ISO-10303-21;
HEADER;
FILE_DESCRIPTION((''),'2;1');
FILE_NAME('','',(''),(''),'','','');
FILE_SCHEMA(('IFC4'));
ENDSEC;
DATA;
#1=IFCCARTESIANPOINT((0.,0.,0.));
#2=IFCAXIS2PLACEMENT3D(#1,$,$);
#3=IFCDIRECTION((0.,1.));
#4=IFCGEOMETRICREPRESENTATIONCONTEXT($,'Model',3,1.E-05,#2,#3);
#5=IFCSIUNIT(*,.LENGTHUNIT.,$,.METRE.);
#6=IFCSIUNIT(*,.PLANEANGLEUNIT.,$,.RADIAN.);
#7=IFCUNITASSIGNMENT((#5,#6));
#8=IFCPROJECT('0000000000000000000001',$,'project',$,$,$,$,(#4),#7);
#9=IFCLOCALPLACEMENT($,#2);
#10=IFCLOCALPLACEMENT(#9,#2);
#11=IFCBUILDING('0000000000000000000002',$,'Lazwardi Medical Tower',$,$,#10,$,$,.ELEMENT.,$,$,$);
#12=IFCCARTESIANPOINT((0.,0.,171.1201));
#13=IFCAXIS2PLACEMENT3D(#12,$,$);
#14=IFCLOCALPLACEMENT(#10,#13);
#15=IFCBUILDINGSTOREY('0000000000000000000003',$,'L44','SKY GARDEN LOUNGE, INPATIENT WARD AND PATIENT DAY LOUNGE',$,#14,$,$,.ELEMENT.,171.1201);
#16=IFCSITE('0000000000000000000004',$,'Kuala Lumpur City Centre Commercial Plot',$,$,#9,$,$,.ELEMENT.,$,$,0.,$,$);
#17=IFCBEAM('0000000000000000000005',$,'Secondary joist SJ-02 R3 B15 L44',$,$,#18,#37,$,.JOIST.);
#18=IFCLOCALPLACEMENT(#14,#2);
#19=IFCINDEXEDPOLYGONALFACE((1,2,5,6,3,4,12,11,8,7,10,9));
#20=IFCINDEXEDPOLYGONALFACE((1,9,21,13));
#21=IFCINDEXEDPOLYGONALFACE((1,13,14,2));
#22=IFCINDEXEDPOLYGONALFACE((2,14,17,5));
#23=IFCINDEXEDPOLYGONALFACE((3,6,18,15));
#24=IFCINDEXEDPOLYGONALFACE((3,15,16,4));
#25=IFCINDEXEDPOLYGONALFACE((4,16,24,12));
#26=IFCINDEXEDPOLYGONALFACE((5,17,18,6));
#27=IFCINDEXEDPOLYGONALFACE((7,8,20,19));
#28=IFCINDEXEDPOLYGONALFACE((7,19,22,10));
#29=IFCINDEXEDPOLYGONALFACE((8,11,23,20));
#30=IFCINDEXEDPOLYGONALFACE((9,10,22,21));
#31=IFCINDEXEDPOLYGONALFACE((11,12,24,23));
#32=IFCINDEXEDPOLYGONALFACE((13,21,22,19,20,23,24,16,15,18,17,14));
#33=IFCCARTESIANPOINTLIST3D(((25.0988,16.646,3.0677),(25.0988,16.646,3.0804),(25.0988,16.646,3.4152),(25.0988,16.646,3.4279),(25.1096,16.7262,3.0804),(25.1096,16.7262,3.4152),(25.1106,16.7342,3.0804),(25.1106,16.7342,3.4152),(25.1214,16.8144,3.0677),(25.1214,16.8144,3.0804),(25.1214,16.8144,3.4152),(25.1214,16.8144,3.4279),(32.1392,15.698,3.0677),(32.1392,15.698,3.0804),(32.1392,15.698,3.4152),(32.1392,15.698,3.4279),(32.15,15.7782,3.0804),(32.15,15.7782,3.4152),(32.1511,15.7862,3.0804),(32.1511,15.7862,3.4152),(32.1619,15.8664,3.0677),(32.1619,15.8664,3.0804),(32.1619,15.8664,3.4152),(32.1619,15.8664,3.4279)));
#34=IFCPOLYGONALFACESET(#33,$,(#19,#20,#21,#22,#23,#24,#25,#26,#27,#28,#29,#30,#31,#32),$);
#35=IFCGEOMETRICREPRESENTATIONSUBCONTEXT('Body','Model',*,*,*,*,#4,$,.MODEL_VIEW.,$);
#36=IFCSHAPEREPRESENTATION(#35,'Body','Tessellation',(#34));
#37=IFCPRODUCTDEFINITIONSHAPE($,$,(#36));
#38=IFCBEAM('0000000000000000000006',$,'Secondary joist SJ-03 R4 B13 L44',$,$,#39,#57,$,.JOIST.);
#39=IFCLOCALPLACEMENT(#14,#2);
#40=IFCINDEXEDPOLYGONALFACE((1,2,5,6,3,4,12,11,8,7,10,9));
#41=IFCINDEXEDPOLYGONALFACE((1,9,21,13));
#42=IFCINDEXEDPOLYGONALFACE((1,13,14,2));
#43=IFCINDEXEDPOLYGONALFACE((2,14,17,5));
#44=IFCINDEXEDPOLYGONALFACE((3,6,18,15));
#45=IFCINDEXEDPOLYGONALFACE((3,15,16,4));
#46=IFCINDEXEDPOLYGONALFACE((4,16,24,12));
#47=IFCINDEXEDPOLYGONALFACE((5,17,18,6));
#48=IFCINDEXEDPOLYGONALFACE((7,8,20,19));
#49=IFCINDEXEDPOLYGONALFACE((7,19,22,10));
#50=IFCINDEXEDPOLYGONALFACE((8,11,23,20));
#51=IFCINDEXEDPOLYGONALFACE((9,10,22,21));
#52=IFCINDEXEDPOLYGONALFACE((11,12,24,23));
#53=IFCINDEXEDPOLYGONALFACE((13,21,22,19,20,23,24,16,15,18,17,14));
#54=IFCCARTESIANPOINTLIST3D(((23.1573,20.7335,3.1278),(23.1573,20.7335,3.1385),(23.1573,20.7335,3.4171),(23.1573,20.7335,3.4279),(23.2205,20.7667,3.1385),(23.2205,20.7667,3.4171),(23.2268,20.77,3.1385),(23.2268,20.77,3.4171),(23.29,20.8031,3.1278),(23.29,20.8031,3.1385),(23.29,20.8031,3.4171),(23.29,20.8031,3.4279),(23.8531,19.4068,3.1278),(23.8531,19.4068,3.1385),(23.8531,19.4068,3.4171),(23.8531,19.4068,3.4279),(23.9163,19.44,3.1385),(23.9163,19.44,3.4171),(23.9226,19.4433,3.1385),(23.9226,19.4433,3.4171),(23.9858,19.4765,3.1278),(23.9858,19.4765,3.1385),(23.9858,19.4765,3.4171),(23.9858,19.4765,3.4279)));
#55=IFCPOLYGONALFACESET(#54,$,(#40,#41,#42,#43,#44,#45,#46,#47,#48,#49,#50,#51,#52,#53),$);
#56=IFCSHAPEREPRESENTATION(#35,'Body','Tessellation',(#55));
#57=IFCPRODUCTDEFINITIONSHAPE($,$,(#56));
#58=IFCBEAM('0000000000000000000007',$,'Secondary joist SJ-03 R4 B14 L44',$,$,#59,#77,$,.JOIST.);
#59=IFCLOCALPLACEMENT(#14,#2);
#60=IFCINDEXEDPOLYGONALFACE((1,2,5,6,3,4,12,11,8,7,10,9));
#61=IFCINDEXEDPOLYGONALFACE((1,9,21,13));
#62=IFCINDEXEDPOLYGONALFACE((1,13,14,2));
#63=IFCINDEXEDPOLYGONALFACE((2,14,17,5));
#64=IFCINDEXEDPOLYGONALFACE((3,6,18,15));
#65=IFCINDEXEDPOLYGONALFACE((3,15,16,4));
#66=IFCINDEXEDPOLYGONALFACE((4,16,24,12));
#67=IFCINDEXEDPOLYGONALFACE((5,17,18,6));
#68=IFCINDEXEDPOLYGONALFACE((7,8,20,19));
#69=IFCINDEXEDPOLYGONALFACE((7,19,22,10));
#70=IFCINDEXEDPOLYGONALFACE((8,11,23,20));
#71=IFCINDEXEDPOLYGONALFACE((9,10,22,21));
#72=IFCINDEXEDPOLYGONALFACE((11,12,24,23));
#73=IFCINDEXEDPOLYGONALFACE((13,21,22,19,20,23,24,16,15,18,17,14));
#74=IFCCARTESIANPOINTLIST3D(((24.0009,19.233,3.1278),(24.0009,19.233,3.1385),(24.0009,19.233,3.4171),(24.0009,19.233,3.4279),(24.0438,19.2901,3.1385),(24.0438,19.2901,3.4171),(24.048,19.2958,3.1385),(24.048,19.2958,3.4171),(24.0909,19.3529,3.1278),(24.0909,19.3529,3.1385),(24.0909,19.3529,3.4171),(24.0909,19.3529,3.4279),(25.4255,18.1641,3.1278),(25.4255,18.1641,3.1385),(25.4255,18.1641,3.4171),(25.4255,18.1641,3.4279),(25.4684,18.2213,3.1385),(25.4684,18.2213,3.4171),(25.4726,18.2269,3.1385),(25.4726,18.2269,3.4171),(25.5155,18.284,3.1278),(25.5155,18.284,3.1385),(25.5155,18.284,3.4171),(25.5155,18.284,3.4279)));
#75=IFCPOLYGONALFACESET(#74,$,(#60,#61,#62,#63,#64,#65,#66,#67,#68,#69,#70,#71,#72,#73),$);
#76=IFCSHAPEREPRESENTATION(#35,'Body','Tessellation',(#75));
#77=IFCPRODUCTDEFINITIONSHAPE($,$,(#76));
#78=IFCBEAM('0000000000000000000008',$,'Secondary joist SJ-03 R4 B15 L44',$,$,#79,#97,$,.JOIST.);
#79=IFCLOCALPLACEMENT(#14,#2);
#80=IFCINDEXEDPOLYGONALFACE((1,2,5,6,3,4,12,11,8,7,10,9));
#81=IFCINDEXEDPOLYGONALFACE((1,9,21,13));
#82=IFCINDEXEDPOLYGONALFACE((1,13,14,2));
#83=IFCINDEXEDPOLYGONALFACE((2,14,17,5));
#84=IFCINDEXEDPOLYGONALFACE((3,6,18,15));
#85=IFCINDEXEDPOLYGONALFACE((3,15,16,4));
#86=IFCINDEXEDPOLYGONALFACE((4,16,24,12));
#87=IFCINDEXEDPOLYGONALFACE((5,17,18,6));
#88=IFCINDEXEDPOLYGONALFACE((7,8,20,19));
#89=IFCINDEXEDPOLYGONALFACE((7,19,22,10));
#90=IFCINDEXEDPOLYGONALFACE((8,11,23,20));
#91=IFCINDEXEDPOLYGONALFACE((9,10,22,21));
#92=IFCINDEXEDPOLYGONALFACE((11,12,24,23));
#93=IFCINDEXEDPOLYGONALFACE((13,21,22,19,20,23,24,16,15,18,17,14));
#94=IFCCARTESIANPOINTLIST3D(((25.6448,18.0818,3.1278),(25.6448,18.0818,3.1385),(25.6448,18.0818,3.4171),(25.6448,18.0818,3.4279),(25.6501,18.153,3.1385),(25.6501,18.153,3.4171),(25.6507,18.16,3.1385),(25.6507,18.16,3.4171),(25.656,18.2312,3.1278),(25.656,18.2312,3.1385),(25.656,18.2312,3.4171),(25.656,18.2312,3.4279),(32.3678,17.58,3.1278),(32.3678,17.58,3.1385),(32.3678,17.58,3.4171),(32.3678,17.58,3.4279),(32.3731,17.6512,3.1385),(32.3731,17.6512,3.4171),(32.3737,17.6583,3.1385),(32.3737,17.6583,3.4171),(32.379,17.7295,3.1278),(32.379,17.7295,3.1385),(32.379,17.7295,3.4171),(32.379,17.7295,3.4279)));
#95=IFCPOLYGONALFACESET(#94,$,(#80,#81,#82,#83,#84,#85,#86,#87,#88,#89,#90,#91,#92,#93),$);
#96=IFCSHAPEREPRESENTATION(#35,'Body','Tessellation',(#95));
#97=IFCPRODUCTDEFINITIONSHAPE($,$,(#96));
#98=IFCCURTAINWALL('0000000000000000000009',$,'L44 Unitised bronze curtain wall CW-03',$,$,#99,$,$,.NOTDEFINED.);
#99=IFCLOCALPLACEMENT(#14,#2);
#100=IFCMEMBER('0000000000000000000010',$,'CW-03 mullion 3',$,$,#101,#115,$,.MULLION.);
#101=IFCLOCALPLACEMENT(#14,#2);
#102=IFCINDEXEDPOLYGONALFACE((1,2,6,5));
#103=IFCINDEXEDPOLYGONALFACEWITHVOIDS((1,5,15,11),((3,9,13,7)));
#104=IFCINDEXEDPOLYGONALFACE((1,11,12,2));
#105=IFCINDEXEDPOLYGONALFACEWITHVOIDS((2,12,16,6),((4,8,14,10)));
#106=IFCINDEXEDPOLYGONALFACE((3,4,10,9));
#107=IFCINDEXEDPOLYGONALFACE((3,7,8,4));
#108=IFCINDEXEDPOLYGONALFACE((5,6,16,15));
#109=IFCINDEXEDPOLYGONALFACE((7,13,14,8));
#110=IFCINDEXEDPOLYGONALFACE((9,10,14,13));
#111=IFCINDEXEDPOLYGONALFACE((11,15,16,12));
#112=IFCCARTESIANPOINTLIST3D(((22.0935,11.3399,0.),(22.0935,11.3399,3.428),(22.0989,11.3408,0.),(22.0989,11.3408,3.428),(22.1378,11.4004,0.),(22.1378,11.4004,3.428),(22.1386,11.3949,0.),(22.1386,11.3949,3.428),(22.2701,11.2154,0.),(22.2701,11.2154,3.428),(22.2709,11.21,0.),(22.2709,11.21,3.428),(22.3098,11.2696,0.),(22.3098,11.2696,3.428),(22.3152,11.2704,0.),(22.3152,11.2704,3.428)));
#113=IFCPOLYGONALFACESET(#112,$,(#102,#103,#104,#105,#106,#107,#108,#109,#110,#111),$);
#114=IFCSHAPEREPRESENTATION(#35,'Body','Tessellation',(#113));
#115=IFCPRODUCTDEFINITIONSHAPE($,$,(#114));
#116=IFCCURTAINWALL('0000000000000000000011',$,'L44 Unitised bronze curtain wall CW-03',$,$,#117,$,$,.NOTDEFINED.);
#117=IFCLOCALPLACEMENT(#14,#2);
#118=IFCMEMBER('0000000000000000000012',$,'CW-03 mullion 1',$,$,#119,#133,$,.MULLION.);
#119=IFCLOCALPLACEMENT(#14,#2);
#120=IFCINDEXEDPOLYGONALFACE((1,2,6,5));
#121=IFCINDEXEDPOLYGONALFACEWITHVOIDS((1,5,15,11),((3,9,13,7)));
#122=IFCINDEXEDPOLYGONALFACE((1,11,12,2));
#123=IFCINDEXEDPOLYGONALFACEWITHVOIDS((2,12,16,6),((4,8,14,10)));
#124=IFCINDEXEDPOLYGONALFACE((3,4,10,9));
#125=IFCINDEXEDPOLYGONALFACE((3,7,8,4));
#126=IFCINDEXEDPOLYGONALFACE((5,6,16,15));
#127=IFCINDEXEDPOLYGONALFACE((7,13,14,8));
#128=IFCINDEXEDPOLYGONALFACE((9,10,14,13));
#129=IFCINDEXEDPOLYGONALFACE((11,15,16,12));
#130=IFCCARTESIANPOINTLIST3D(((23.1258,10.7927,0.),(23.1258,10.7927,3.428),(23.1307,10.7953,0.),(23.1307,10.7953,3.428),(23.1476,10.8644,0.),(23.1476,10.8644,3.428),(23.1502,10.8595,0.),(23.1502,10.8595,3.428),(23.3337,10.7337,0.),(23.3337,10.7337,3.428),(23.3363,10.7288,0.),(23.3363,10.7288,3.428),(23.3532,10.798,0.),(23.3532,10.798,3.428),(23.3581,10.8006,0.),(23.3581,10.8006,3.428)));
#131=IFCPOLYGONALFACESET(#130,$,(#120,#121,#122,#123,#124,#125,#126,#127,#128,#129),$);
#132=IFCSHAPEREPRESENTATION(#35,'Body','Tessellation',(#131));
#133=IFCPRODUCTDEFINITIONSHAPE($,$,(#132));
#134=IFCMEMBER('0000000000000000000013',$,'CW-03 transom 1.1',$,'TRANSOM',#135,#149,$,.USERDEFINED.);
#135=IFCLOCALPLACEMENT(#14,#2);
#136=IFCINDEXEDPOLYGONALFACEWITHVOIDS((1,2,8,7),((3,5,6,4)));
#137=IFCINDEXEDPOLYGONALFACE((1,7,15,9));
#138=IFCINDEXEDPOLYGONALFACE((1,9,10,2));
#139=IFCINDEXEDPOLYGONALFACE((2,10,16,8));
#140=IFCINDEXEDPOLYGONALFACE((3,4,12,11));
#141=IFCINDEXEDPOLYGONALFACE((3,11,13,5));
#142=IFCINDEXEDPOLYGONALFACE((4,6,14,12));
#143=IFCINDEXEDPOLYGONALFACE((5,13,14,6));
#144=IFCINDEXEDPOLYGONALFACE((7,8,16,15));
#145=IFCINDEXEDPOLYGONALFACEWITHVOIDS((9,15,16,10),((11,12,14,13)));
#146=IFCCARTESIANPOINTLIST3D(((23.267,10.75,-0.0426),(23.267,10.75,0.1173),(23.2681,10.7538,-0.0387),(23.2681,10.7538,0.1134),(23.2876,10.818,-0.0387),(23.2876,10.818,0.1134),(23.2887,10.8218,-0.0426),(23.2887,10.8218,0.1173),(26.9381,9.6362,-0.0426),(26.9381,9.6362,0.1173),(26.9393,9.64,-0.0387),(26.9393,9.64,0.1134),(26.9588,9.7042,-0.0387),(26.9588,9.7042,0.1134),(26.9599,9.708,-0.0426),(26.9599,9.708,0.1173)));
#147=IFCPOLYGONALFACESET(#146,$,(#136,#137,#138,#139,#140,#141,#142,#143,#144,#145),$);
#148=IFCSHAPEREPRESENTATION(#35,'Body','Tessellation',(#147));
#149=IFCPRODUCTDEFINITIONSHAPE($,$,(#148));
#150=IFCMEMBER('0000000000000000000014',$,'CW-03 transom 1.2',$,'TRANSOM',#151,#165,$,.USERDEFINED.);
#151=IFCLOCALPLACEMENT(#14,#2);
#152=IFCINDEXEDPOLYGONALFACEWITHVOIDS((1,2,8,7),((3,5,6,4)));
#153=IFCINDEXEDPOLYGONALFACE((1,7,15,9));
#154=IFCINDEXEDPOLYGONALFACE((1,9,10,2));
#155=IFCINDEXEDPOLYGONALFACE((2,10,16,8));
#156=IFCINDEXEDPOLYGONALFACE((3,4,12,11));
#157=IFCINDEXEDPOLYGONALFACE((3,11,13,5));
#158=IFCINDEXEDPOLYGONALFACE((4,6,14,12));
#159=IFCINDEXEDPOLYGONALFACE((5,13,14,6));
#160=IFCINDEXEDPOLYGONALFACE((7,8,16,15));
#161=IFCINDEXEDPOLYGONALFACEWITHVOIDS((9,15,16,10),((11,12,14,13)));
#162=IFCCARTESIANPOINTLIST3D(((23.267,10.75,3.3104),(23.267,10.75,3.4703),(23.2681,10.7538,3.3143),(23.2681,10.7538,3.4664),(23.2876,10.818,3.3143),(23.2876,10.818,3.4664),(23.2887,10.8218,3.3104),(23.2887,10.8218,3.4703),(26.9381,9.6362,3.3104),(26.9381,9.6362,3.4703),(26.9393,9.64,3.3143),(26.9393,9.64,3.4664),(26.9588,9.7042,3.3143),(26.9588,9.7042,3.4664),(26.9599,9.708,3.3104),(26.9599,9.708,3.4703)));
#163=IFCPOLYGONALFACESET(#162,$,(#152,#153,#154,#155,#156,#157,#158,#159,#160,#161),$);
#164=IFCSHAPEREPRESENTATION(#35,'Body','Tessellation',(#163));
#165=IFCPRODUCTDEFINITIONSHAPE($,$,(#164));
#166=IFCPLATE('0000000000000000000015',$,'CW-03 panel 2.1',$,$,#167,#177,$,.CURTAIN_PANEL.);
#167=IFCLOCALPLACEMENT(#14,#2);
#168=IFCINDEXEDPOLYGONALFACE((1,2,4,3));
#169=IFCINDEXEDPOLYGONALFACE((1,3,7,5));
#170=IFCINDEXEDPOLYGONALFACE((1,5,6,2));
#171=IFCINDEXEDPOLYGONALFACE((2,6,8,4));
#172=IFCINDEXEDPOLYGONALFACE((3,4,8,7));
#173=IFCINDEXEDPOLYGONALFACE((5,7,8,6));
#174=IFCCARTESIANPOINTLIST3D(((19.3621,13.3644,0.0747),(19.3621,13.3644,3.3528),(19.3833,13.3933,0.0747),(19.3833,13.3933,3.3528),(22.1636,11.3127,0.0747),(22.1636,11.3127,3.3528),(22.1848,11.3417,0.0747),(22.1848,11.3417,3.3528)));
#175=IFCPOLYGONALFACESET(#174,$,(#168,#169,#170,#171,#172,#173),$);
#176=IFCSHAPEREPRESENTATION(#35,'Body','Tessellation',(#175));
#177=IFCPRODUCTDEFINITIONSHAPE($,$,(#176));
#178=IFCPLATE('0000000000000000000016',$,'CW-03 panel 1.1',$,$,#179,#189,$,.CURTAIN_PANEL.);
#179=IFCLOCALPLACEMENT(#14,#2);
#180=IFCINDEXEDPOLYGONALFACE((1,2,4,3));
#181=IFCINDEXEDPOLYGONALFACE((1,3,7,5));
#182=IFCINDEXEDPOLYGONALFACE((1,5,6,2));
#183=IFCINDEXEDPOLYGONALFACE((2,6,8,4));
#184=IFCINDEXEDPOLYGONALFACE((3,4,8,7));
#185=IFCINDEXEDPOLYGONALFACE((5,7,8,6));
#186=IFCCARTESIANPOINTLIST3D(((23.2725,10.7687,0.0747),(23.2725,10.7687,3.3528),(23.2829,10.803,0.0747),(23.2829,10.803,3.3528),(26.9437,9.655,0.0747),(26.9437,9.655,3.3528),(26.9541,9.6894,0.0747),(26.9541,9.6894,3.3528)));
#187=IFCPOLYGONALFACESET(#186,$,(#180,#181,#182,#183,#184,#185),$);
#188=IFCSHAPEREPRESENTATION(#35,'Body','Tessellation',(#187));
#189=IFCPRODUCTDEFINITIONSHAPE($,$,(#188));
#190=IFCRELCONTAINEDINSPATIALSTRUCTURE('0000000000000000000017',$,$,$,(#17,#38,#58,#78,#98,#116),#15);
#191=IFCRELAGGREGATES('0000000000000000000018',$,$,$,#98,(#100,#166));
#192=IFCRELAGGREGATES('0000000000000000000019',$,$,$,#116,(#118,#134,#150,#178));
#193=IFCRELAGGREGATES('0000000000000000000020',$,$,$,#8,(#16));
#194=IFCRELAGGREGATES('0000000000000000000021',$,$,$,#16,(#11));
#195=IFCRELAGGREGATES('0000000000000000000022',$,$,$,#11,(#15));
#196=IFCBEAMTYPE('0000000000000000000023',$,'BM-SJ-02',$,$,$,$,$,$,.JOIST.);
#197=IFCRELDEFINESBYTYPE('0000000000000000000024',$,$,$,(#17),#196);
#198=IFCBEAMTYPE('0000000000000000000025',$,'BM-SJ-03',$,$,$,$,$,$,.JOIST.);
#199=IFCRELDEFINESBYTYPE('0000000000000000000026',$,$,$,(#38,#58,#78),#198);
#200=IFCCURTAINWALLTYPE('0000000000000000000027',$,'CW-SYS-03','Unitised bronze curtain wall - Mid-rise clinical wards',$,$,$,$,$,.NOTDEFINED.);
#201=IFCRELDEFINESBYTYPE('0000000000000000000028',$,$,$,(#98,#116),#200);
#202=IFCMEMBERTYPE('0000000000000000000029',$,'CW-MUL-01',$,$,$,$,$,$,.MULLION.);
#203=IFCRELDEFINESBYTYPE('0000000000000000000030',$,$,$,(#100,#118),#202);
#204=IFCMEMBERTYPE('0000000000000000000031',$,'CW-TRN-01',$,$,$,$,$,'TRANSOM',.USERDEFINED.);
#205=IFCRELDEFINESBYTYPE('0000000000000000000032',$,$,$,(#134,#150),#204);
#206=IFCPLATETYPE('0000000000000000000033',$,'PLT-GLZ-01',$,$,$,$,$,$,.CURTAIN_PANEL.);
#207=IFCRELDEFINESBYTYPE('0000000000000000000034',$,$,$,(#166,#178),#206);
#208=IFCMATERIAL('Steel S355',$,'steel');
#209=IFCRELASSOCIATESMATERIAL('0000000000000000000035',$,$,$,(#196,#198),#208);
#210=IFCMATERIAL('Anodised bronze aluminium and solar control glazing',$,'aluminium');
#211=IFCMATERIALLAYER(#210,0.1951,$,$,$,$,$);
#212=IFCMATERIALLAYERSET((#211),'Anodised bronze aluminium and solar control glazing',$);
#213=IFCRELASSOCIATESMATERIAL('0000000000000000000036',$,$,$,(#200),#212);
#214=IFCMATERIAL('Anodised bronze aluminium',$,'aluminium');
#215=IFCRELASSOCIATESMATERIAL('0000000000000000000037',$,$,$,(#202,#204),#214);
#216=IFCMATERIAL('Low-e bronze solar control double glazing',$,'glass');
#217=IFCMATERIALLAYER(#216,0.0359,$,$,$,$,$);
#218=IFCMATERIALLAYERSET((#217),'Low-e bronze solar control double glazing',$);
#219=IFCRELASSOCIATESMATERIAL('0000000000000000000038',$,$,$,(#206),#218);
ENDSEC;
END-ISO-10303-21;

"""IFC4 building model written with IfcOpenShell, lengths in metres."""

from ifc_helpers import new_model, si_unit, direction, frame, origin, origin_2d, place, context, subcontext, project, spatial, rectangle, hollow_rectangle, i_section, extrude, material, layer, layer_set, material_profile, profile_set, type_object, element, aggregate, save


model = new_model("IFC4")

# Units and contexts
model_context = context("Model", 3, precision=1e-05, world=origin(), true_north=direction((0.0, 1.0)))
body_context = subcontext(model_context, "Body", "Model", "MODEL_VIEW")
ifc_project = project(units=[si_unit("LENGTHUNIT", "METRE"), si_unit("PLANEANGLEUNIT", "RADIAN")], contexts=[model_context])

# Site, building, storey
site_placement = place(None, origin())
site = spatial("IfcSite", under=ifc_project, at=site_placement, Name="Kuala Lumpur City Centre Commercial Plot", CompositionType="ELEMENT", RefElevation=0.0)
building_placement = place(site_placement, origin())
building = spatial("IfcBuilding", under=site, at=building_placement, Name="Lazwardi Medical Tower", CompositionType="ELEMENT")
storey_placement = place(building_placement, frame((0.0, 0.0, 171.1201)))
storey = spatial("IfcBuildingStorey", under=building, at=storey_placement, Name="L44", Description="SKY GARDEN LOUNGE, INPATIENT WARD AND PATIENT DAY LOUNGE", CompositionType="ELEMENT", Elevation=171.1201)

# Beams
ifc_material_1 = material(Name="Steel S355", Category="steel")
ifc_material_profile_1 = material_profile(ifc_material_1, i_section(OverallWidth=0.1699, OverallDepth=0.3601, WebThickness=0.0081, FlangeThickness=0.0127, at=origin_2d()), Name="IPE 360")
ifc_profile_set_1 = profile_set([ifc_material_profile_1], Name="Steel S355")
beam_type_1 = type_object("IfcBeamType", Name="BM-SJ-02", PredefinedType="JOIST", material=ifc_profile_set_1)
beam_1_placement = place(storey_placement, frame((25.1101, 16.7302, 3.2478), z_axis=(0.991056, -0.133444, 0.0), x_axis=(0.133444, 0.991056, 0.0)))
element("IfcBeam", 1, at=beam_1_placement, inside=storey, type_object=beam_type_1, Name="Secondary joist SJ-02 R3 B15 L44", PredefinedType="JOIST", context=body_context, shape_type="SweptSolid", body=[
    extrude(i_section(OverallWidth=0.1699, OverallDepth=0.3601, WebThickness=0.0081, FlangeThickness=0.0127, at=origin_2d()), origin(), (0.0, 0.0, 1.0), 7.104),
])
ifc_material_profile_2 = material_profile(ifc_material_1, i_section(OverallWidth=0.1499, OverallDepth=0.3, WebThickness=0.0071, FlangeThickness=0.0107, at=origin_2d()), Name="IPE 300")
ifc_profile_set_2 = profile_set([ifc_material_profile_2], Name="Steel S355")
beam_type_2 = type_object("IfcBeamType", Name="BM-SJ-03", PredefinedType="JOIST", material=ifc_profile_set_2)
beam_2_placement = place(storey_placement, frame((23.2236, 20.7683, 3.2778), z_axis=(0.46447, -0.885589, 0.0), x_axis=(0.885589, 0.46447, 0.0)))
element("IfcBeam", 2, at=beam_2_placement, inside=storey, type_object=beam_type_2, Name="Secondary joist SJ-03 R4 B13 L44", PredefinedType="JOIST", context=body_context, shape_type="SweptSolid", body=[
    extrude(i_section(OverallWidth=0.1499, OverallDepth=0.3, WebThickness=0.0071, FlangeThickness=0.0107, at=origin_2d()), origin(), (0.0, 0.0, 1.0), 1.498),
])
beam_3_placement = place(storey_placement, frame((24.0459, 19.293, 3.2778), z_axis=(0.799885, -0.600154, 0.0), x_axis=(0.600154, 0.799885, 0.0)))
element("IfcBeam", 3, at=beam_3_placement, inside=storey, type_object=beam_type_2, Name="Secondary joist SJ-03 R4 B14 L44", PredefinedType="JOIST", context=body_context, shape_type="SweptSolid", body=[
    extrude(i_section(OverallWidth=0.1499, OverallDepth=0.3, WebThickness=0.0071, FlangeThickness=0.0107, at=origin_2d()), origin(), (0.0, 0.0, 1.0), 1.781),
])
beam_4_placement = place(storey_placement, frame((25.6504, 18.1565, 3.2778), z_axis=(0.997227, -0.07442, 0.0), x_axis=(0.07442, 0.997227, 0.0)))
element("IfcBeam", 4, at=beam_4_placement, inside=storey, type_object=beam_type_2, Name="Secondary joist SJ-03 R4 B15 L44", PredefinedType="JOIST", context=body_context, shape_type="SweptSolid", body=[
    extrude(i_section(OverallWidth=0.1499, OverallDepth=0.3, WebThickness=0.0071, FlangeThickness=0.0107, at=origin_2d()), origin(), (0.0, 0.0, 1.0), 6.7417),
])

# Curtain wall, member
ifc_material_2 = material(Name="Anodised bronze aluminium and solar control glazing", Category="aluminium")
ifc_layer_1 = layer(ifc_material_2, 0.1951)
ifc_layer_set_1 = layer_set([ifc_layer_1], Name="Anodised bronze aluminium and solar control glazing")
curtain_wall_type = type_object("IfcCurtainWallType", Name="CW-SYS-03", Description="Unitised bronze curtain wall - Mid-rise clinical wards", PredefinedType="NOTDEFINED", material=ifc_layer_set_1)
curtain_wall_1_placement = place(storey_placement, origin())
curtain_wall_1 = element("IfcCurtainWall", 5, at=curtain_wall_1_placement, inside=storey, type_object=curtain_wall_type, Name="L44 Unitised bronze curtain wall CW-03", PredefinedType="NOTDEFINED")
ifc_material_3 = material(Name="Anodised bronze aluminium", Category="aluminium")
ifc_material_profile_3 = material_profile(ifc_material_3, hollow_rectangle(XDim=0.075, YDim=0.22, WallThickness=0.0039, at=origin_2d()), Name="ALU-MULLION 220x75x4")
ifc_profile_set_3 = profile_set([ifc_material_profile_3], Name="Anodised bronze aluminium")
member_type_1 = type_object("IfcMemberType", Name="CW-MUL-01", PredefinedType="MULLION", material=ifc_profile_set_3)
member_1_placement = place(storey_placement, frame((22.2043, 11.3052, 0.0), z_axis=(0.0, 0.0, 1.0), x_axis=(0.590834, 0.806793, 0.0)))
member_1 = element("IfcMember", 6, at=member_1_placement, type_object=member_type_1, Name="CW-03 mullion 3", PredefinedType="MULLION", context=body_context, shape_type="SweptSolid", body=[
    extrude(hollow_rectangle(XDim=0.075, YDim=0.22, WallThickness=0.0039, at=origin_2d()), origin(), (0.0, 0.0, 1.0), 3.428),
])

# Curtain wall, members
curtain_wall_2_placement = place(storey_placement, origin())
curtain_wall_2 = element("IfcCurtainWall", 7, at=curtain_wall_2_placement, inside=storey, type_object=curtain_wall_type, Name="L44 Unitised bronze curtain wall CW-03", PredefinedType="NOTDEFINED")
member_2_placement = place(storey_placement, frame((23.2419, 10.7966, 0.0), z_axis=(0.0, 0.0, 1.0), x_axis=(0.290281, 0.956942, 0.0)))
member_2 = element("IfcMember", 8, at=member_2_placement, type_object=member_type_1, Name="CW-03 mullion 1", PredefinedType="MULLION", context=body_context, shape_type="SweptSolid", body=[
    extrude(hollow_rectangle(XDim=0.075, YDim=0.22, WallThickness=0.0039, at=origin_2d()), origin(), (0.0, 0.0, 1.0), 3.428),
])
ifc_material_profile_4 = material_profile(ifc_material_3, hollow_rectangle(XDim=0.075, YDim=0.1599, WallThickness=0.0039, at=origin_2d()), Name="ALU-TRANSOM 160x75x4")
ifc_profile_set_4 = profile_set([ifc_material_profile_4], Name="Anodised bronze aluminium")
member_type_2 = type_object("IfcMemberType", Name="CW-TRN-01", ElementType="TRANSOM", PredefinedType="USERDEFINED", material=ifc_profile_set_4)
member_3_placement = place(storey_placement, frame((23.2778, 10.7859, 0.0374), z_axis=(0.95693, -0.290318, 0.0), x_axis=(0.290318, 0.95693, 0.0)))
member_3 = element("IfcMember", 9, at=member_3_placement, type_object=member_type_2, Name="CW-03 transom 1.1", ObjectType="TRANSOM", PredefinedType="USERDEFINED", context=body_context, shape_type="SweptSolid", body=[
    extrude(hollow_rectangle(XDim=0.075, YDim=0.1599, WallThickness=0.0039, at=origin_2d()), origin(), (0.0, 0.0, 1.0), 3.8364),
])
member_4_placement = place(storey_placement, frame((23.2778, 10.7859, 3.3904), z_axis=(0.95693, -0.290318, 0.0), x_axis=(0.290318, 0.95693, 0.0)))
member_4 = element("IfcMember", 10, at=member_4_placement, type_object=member_type_2, Name="CW-03 transom 1.2", ObjectType="TRANSOM", PredefinedType="USERDEFINED", context=body_context, shape_type="SweptSolid", body=[
    extrude(hollow_rectangle(XDim=0.075, YDim=0.1599, WallThickness=0.0039, at=origin_2d()), origin(), (0.0, 0.0, 1.0), 3.8364),
])

# Plates
ifc_material_4 = material(Name="Low-e bronze solar control double glazing", Category="glass")
ifc_layer_2 = layer(ifc_material_4, 0.0359)
ifc_layer_set_2 = layer_set([ifc_layer_2], Name="Low-e bronze solar control double glazing")
plate_type = type_object("IfcPlateType", Name="PLT-GLZ-01", PredefinedType="CURTAIN_PANEL", material=ifc_layer_set_2)
plate_1_placement = place(storey_placement, frame((20.7734, 12.353, 0.0747), z_axis=(0.0, 0.0, 1.0), x_axis=(0.806793, -0.590834, 0.0)))
plate_1 = element("IfcPlate", 11, at=plate_1_placement, type_object=plate_type, Name="CW-03 panel 2.1", PredefinedType="CURTAIN_PANEL", context=body_context, shape_type="SweptSolid", body=[
    extrude(rectangle(XDim=3.4724, YDim=0.0359, at=origin_2d()), origin(), (0.0, 0.0, 1.0), 3.2781),
])
aggregate(curtain_wall_1, [member_1, plate_1])
plate_2_placement = place(storey_placement, frame((25.1133, 10.229, 0.0747), z_axis=(0.0, 0.0, 1.0), x_axis=(0.956942, -0.290281, 0.0)))
plate_2 = element("IfcPlate", 12, at=plate_2_placement, type_object=plate_type, Name="CW-03 panel 1.1", PredefinedType="CURTAIN_PANEL", context=body_context, shape_type="SweptSolid", body=[
    extrude(rectangle(XDim=3.8364, YDim=0.0359, at=origin_2d()), origin(), (0.0, 0.0, 1.0), 3.2781),
])
aggregate(curtain_wall_2, [member_2, member_3, member_4, plate_2])

save(model, "model.ifc")
